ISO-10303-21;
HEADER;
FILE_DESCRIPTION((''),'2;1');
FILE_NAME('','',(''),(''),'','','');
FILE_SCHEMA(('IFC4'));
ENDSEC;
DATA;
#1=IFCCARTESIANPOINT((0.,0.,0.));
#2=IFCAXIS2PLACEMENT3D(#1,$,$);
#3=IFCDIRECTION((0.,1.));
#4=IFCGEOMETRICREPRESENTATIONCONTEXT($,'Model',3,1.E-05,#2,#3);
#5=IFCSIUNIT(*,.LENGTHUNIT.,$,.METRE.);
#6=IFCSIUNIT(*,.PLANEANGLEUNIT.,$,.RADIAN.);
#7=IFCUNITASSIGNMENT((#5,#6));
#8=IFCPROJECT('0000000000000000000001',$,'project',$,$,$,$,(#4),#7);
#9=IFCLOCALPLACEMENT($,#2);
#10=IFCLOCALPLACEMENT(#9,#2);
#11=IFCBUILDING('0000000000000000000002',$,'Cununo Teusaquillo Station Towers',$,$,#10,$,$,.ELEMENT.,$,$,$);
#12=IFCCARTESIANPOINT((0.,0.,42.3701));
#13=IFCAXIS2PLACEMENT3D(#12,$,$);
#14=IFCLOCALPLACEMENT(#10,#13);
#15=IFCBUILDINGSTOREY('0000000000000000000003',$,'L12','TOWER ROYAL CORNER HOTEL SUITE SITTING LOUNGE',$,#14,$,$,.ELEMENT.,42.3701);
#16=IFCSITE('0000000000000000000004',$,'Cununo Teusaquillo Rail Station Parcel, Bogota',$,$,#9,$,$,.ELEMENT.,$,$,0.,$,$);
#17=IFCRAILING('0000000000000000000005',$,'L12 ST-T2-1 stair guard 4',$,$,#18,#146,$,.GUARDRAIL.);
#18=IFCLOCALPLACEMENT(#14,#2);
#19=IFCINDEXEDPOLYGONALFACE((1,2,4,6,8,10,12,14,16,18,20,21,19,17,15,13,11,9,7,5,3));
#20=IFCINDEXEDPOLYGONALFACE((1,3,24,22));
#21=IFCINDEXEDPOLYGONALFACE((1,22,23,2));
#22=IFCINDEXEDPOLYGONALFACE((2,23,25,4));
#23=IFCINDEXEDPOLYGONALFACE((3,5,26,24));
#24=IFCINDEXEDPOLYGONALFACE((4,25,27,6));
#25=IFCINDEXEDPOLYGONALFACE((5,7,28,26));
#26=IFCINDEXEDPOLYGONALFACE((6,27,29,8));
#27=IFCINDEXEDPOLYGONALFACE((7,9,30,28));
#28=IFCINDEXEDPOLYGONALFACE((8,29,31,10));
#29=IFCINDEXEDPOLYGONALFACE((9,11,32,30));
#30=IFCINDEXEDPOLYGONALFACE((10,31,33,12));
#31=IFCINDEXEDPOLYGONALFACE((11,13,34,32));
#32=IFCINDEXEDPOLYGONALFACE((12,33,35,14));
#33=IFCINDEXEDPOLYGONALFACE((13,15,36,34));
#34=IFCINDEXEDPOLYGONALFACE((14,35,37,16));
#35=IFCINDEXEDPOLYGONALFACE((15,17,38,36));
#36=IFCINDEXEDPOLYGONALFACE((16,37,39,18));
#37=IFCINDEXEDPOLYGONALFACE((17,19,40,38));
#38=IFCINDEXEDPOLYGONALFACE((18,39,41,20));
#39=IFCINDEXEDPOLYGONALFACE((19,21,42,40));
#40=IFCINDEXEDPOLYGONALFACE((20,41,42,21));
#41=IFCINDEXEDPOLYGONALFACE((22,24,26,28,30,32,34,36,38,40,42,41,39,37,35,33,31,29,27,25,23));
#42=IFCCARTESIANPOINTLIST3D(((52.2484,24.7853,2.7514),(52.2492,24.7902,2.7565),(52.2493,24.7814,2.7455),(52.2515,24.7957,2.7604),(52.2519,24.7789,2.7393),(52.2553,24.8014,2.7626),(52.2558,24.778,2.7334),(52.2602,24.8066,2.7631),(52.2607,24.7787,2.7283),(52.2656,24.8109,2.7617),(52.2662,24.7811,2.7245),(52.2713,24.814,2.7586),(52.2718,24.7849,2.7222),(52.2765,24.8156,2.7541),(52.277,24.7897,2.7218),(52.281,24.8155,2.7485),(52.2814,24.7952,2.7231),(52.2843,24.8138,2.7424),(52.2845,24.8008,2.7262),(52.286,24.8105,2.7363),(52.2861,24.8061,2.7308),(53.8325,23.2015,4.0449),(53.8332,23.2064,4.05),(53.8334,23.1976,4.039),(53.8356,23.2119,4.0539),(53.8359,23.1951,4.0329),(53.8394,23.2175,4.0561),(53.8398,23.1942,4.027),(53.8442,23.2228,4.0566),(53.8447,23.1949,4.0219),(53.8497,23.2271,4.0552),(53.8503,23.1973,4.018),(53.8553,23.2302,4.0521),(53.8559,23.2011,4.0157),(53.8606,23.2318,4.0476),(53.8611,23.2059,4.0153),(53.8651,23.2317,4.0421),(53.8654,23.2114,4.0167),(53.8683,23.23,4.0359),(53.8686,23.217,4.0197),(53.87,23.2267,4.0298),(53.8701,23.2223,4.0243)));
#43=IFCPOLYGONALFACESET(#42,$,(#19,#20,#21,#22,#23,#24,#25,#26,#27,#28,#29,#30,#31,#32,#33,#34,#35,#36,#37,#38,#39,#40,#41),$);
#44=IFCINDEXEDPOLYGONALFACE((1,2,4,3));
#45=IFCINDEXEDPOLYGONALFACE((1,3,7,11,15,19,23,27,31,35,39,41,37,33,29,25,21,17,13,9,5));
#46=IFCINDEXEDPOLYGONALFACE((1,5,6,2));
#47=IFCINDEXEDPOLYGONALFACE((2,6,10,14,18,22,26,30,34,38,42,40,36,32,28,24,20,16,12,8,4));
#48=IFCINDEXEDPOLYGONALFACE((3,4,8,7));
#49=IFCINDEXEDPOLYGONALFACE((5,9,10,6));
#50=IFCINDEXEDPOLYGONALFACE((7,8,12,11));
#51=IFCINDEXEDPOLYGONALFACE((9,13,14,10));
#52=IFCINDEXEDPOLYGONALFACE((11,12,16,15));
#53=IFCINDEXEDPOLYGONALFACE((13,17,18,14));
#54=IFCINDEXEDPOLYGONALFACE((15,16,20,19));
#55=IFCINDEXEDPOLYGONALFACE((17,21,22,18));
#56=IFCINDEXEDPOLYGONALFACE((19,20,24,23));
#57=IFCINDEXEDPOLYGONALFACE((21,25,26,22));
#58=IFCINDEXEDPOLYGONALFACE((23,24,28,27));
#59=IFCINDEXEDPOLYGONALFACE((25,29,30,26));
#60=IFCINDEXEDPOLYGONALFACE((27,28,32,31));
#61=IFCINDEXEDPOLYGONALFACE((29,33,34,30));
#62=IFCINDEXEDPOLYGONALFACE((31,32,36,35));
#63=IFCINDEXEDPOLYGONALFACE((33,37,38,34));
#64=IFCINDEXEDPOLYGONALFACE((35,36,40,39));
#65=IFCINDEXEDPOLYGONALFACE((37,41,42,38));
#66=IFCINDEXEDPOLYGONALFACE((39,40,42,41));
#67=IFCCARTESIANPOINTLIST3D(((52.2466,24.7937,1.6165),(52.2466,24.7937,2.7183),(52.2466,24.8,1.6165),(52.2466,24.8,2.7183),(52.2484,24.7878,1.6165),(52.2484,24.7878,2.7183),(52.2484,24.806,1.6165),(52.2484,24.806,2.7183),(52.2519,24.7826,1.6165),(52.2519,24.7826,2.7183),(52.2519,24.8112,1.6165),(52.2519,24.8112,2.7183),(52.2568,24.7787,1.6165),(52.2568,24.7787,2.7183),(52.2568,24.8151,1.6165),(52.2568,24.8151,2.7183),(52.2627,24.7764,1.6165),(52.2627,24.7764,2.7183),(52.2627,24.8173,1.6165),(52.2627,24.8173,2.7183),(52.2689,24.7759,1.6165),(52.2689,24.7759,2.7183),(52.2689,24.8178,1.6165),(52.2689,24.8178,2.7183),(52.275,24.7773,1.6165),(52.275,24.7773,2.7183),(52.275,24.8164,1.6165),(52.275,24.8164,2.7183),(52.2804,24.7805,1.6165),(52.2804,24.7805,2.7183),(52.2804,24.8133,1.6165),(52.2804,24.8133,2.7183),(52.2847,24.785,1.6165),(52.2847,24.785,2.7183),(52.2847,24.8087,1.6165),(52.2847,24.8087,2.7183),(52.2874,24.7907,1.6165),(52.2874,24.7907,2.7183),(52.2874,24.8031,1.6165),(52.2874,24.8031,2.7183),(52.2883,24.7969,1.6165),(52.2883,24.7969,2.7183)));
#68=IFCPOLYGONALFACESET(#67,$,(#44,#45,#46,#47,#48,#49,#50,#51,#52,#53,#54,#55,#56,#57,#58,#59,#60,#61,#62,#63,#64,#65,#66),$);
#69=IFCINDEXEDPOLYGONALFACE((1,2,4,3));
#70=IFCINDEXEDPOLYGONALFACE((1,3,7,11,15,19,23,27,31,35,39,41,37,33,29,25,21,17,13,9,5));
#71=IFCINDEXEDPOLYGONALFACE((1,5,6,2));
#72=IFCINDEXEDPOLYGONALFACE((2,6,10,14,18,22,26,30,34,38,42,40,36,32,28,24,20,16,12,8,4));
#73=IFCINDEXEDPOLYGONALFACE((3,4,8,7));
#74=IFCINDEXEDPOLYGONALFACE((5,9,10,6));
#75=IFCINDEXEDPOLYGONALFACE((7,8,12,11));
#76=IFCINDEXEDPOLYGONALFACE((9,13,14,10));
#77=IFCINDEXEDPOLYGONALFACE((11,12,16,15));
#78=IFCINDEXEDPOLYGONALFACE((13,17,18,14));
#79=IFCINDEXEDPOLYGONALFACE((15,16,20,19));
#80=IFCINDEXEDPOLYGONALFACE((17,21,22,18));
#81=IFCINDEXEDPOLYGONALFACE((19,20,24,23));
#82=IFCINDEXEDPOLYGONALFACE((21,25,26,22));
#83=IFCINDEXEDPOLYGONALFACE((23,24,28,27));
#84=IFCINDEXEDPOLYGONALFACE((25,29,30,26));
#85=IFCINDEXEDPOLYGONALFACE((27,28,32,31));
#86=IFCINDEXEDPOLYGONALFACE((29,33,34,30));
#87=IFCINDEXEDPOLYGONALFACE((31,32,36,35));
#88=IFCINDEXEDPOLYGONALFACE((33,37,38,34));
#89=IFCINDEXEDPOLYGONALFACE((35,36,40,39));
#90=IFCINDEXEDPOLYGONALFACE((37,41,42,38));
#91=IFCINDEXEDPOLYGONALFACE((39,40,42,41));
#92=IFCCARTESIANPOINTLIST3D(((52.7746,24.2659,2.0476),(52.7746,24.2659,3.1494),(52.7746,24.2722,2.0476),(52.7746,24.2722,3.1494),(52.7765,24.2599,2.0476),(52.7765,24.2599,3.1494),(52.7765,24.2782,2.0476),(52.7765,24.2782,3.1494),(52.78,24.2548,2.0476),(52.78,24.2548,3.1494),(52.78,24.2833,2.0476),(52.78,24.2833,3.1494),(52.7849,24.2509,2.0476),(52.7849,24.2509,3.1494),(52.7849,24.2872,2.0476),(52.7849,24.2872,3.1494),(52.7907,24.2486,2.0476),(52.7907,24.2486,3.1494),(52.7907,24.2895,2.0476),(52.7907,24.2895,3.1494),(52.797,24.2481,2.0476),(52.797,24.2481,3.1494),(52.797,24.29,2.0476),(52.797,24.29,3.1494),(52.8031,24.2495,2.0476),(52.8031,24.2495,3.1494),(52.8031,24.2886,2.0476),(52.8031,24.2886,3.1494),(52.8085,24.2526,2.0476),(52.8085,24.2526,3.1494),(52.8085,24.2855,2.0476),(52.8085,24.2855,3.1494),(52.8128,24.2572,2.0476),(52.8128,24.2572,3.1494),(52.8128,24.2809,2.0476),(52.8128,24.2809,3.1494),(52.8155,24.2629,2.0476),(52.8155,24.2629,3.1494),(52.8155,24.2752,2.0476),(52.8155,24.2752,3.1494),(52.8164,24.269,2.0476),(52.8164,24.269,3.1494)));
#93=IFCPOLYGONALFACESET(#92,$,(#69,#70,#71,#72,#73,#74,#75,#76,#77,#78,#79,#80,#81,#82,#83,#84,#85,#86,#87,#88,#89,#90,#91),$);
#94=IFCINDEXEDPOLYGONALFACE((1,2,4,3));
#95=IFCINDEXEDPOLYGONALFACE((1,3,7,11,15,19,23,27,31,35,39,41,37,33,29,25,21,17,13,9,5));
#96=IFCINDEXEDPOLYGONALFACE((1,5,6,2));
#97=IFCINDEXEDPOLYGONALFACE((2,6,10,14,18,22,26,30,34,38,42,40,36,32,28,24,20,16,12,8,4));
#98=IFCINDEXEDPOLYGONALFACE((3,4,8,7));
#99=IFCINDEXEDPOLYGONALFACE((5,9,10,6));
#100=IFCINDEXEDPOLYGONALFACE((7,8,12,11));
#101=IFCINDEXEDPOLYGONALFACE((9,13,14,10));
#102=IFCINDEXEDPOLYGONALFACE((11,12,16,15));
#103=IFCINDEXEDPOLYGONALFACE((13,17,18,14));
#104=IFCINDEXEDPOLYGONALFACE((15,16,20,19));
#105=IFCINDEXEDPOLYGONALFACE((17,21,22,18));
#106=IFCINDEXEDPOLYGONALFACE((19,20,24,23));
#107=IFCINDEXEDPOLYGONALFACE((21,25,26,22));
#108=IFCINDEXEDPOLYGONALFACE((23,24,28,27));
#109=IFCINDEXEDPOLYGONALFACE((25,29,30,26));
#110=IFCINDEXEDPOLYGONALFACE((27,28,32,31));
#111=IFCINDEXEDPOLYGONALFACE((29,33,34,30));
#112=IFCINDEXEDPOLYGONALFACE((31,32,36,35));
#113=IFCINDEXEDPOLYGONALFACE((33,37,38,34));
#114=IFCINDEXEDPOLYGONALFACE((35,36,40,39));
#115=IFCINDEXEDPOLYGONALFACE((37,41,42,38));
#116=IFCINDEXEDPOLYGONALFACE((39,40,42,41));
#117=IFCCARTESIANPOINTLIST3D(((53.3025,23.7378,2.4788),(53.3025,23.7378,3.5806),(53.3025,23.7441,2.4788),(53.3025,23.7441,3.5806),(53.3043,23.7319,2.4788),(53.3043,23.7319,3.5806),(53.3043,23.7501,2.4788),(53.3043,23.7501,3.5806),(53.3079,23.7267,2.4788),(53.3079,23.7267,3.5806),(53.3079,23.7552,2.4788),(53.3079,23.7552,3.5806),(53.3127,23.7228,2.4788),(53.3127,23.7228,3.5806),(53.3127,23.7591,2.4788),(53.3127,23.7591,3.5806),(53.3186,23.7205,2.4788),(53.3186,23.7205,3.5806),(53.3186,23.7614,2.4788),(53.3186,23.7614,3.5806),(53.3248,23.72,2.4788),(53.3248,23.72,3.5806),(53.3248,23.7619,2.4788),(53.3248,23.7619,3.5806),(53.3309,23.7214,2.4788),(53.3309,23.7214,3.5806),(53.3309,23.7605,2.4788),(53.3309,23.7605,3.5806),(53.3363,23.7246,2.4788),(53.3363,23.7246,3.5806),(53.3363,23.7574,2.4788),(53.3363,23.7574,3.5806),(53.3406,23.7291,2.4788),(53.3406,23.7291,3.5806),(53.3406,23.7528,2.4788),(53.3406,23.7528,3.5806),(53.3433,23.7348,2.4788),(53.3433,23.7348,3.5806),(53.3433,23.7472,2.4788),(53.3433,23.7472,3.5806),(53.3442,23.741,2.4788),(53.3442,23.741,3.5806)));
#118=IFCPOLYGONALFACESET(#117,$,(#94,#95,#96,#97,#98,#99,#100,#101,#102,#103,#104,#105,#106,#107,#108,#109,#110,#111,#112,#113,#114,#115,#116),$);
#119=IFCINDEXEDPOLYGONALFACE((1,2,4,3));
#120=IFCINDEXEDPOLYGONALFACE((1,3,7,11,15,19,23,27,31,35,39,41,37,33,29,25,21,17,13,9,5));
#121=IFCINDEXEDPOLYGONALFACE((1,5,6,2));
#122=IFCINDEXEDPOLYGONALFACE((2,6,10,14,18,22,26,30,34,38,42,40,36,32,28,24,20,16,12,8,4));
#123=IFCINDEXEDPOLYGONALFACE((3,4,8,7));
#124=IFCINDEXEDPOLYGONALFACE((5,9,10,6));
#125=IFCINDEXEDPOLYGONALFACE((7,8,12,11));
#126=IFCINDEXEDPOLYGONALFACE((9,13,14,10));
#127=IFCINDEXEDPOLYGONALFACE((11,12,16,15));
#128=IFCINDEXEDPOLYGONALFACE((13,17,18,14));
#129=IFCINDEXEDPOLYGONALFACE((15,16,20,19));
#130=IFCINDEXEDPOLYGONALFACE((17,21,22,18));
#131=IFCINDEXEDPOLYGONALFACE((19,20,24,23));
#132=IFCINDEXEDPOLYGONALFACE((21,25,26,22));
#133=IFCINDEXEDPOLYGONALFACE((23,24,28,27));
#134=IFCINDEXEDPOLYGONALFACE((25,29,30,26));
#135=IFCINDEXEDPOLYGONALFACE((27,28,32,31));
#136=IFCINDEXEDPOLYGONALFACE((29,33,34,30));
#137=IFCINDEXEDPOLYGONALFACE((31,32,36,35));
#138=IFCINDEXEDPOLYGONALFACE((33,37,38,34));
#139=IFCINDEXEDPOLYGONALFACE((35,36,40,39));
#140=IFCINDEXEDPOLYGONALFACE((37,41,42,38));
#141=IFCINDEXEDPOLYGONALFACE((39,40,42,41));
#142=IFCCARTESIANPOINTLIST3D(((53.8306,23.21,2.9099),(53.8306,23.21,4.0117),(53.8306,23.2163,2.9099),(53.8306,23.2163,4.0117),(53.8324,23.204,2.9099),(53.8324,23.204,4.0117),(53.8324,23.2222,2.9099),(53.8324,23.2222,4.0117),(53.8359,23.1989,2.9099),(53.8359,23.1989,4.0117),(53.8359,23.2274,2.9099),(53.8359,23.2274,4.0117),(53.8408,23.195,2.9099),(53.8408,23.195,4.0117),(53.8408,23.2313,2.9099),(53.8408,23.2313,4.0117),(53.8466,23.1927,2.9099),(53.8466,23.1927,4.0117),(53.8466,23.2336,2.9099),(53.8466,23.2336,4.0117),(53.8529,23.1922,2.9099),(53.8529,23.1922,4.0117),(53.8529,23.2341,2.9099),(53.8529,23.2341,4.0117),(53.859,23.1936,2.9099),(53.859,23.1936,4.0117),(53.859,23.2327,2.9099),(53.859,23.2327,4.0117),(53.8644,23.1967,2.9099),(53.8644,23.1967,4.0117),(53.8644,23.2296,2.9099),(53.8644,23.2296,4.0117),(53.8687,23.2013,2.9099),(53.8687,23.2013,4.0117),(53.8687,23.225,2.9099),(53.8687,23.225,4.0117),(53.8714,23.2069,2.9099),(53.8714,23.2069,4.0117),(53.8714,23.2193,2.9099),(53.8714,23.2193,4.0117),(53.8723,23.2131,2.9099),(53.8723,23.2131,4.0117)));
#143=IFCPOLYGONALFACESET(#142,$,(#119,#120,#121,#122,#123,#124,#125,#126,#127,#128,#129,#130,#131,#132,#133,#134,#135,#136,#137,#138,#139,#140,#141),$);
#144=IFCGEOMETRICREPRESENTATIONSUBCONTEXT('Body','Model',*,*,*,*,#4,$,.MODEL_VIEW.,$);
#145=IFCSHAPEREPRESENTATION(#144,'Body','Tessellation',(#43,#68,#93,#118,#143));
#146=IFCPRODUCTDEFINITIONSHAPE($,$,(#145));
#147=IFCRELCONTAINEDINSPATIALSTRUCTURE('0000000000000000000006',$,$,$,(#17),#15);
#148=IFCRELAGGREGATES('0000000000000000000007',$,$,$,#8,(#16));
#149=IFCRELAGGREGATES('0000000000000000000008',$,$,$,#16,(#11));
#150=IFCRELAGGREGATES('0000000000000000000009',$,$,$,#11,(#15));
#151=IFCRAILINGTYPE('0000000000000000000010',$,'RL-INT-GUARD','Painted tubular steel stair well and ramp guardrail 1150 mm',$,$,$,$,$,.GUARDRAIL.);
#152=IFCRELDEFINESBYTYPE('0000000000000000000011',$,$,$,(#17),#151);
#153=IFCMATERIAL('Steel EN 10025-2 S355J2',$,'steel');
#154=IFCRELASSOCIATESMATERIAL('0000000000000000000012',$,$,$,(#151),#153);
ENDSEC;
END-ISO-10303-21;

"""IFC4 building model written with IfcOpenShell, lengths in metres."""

from ifc_helpers import new_model, si_unit, direction, frame, origin, origin_2d, place, context, subcontext, project, spatial, circle, extrude, material, type_object, element, save


model = new_model("IFC4")

# Units and contexts
model_context = context("Model", 3, precision=1e-05, world=origin(), true_north=direction((0.0, 1.0)))
body_context = subcontext(model_context, "Body", "Model", "MODEL_VIEW")
ifc_project = project(units=[si_unit("LENGTHUNIT", "METRE"), si_unit("PLANEANGLEUNIT", "RADIAN")], contexts=[model_context])

# Site, building, storey
site_placement = place(None, origin())
site = spatial("IfcSite", under=ifc_project, at=site_placement, Name="Cununo Teusaquillo Rail Station Parcel, Bogota", CompositionType="ELEMENT", RefElevation=0.0)
building_placement = place(site_placement, origin())
building = spatial("IfcBuilding", under=site, at=building_placement, Name="Cununo Teusaquillo Station Towers", CompositionType="ELEMENT")
storey_placement = place(building_placement, frame((0.0, 0.0, 42.3701)))
storey = spatial("IfcBuildingStorey", under=building, at=storey_placement, Name="L12", Description="TOWER ROYAL CORNER HOTEL SUITE SITTING LOUNGE", CompositionType="ELEMENT", Elevation=42.3701)

# Railing
ifc_material_1 = material(Name="Steel EN 10025-2 S355J2", Category="steel")
railing_type_1 = type_object("IfcRailingType", Name="RL-INT-GUARD", Description="Painted tubular steel stair well and ramp guardrail 1150 mm", PredefinedType="GUARDRAIL", material=ifc_material_1)
railing_1_placement = place(storey_placement, frame((52.2673, 24.7969, 1.6165)))
element("IfcRailing", 1, at=railing_1_placement, inside=storey, type_object=railing_type_1, Name="L12 ST-T2-1 stair guard 4", PredefinedType="GUARDRAIL", context=body_context, shape_type="SweptSolid", body=[
    extrude(circle(Radius=0.0239, at=origin_2d()), frame((0.0, 0.0, 1.126), z_axis=(0.612391, -0.612297, 0.500069), x_axis=(0.707052, 0.707161, 0.0)), (0.0, 0.0, 1.0), 2.5867),
    extrude(circle(Radius=0.021, at=origin_2d()), origin(), (0.0, 0.0, 1.0), 1.1018),
    extrude(circle(Radius=0.021, at=origin_2d()), frame((0.5281, -0.5278, 0.4312)), (0.0, 0.0, 1.0), 1.1018),
    extrude(circle(Radius=0.021, at=origin_2d()), frame((1.0559, -1.0559, 0.8623)), (0.0, 0.0, 1.0), 1.1018),
    extrude(circle(Radius=0.021, at=origin_2d()), frame((1.584, -1.5837, 1.2935)), (0.0, 0.0, 1.0), 1.1018),
])

save(model, "model.ifc")
